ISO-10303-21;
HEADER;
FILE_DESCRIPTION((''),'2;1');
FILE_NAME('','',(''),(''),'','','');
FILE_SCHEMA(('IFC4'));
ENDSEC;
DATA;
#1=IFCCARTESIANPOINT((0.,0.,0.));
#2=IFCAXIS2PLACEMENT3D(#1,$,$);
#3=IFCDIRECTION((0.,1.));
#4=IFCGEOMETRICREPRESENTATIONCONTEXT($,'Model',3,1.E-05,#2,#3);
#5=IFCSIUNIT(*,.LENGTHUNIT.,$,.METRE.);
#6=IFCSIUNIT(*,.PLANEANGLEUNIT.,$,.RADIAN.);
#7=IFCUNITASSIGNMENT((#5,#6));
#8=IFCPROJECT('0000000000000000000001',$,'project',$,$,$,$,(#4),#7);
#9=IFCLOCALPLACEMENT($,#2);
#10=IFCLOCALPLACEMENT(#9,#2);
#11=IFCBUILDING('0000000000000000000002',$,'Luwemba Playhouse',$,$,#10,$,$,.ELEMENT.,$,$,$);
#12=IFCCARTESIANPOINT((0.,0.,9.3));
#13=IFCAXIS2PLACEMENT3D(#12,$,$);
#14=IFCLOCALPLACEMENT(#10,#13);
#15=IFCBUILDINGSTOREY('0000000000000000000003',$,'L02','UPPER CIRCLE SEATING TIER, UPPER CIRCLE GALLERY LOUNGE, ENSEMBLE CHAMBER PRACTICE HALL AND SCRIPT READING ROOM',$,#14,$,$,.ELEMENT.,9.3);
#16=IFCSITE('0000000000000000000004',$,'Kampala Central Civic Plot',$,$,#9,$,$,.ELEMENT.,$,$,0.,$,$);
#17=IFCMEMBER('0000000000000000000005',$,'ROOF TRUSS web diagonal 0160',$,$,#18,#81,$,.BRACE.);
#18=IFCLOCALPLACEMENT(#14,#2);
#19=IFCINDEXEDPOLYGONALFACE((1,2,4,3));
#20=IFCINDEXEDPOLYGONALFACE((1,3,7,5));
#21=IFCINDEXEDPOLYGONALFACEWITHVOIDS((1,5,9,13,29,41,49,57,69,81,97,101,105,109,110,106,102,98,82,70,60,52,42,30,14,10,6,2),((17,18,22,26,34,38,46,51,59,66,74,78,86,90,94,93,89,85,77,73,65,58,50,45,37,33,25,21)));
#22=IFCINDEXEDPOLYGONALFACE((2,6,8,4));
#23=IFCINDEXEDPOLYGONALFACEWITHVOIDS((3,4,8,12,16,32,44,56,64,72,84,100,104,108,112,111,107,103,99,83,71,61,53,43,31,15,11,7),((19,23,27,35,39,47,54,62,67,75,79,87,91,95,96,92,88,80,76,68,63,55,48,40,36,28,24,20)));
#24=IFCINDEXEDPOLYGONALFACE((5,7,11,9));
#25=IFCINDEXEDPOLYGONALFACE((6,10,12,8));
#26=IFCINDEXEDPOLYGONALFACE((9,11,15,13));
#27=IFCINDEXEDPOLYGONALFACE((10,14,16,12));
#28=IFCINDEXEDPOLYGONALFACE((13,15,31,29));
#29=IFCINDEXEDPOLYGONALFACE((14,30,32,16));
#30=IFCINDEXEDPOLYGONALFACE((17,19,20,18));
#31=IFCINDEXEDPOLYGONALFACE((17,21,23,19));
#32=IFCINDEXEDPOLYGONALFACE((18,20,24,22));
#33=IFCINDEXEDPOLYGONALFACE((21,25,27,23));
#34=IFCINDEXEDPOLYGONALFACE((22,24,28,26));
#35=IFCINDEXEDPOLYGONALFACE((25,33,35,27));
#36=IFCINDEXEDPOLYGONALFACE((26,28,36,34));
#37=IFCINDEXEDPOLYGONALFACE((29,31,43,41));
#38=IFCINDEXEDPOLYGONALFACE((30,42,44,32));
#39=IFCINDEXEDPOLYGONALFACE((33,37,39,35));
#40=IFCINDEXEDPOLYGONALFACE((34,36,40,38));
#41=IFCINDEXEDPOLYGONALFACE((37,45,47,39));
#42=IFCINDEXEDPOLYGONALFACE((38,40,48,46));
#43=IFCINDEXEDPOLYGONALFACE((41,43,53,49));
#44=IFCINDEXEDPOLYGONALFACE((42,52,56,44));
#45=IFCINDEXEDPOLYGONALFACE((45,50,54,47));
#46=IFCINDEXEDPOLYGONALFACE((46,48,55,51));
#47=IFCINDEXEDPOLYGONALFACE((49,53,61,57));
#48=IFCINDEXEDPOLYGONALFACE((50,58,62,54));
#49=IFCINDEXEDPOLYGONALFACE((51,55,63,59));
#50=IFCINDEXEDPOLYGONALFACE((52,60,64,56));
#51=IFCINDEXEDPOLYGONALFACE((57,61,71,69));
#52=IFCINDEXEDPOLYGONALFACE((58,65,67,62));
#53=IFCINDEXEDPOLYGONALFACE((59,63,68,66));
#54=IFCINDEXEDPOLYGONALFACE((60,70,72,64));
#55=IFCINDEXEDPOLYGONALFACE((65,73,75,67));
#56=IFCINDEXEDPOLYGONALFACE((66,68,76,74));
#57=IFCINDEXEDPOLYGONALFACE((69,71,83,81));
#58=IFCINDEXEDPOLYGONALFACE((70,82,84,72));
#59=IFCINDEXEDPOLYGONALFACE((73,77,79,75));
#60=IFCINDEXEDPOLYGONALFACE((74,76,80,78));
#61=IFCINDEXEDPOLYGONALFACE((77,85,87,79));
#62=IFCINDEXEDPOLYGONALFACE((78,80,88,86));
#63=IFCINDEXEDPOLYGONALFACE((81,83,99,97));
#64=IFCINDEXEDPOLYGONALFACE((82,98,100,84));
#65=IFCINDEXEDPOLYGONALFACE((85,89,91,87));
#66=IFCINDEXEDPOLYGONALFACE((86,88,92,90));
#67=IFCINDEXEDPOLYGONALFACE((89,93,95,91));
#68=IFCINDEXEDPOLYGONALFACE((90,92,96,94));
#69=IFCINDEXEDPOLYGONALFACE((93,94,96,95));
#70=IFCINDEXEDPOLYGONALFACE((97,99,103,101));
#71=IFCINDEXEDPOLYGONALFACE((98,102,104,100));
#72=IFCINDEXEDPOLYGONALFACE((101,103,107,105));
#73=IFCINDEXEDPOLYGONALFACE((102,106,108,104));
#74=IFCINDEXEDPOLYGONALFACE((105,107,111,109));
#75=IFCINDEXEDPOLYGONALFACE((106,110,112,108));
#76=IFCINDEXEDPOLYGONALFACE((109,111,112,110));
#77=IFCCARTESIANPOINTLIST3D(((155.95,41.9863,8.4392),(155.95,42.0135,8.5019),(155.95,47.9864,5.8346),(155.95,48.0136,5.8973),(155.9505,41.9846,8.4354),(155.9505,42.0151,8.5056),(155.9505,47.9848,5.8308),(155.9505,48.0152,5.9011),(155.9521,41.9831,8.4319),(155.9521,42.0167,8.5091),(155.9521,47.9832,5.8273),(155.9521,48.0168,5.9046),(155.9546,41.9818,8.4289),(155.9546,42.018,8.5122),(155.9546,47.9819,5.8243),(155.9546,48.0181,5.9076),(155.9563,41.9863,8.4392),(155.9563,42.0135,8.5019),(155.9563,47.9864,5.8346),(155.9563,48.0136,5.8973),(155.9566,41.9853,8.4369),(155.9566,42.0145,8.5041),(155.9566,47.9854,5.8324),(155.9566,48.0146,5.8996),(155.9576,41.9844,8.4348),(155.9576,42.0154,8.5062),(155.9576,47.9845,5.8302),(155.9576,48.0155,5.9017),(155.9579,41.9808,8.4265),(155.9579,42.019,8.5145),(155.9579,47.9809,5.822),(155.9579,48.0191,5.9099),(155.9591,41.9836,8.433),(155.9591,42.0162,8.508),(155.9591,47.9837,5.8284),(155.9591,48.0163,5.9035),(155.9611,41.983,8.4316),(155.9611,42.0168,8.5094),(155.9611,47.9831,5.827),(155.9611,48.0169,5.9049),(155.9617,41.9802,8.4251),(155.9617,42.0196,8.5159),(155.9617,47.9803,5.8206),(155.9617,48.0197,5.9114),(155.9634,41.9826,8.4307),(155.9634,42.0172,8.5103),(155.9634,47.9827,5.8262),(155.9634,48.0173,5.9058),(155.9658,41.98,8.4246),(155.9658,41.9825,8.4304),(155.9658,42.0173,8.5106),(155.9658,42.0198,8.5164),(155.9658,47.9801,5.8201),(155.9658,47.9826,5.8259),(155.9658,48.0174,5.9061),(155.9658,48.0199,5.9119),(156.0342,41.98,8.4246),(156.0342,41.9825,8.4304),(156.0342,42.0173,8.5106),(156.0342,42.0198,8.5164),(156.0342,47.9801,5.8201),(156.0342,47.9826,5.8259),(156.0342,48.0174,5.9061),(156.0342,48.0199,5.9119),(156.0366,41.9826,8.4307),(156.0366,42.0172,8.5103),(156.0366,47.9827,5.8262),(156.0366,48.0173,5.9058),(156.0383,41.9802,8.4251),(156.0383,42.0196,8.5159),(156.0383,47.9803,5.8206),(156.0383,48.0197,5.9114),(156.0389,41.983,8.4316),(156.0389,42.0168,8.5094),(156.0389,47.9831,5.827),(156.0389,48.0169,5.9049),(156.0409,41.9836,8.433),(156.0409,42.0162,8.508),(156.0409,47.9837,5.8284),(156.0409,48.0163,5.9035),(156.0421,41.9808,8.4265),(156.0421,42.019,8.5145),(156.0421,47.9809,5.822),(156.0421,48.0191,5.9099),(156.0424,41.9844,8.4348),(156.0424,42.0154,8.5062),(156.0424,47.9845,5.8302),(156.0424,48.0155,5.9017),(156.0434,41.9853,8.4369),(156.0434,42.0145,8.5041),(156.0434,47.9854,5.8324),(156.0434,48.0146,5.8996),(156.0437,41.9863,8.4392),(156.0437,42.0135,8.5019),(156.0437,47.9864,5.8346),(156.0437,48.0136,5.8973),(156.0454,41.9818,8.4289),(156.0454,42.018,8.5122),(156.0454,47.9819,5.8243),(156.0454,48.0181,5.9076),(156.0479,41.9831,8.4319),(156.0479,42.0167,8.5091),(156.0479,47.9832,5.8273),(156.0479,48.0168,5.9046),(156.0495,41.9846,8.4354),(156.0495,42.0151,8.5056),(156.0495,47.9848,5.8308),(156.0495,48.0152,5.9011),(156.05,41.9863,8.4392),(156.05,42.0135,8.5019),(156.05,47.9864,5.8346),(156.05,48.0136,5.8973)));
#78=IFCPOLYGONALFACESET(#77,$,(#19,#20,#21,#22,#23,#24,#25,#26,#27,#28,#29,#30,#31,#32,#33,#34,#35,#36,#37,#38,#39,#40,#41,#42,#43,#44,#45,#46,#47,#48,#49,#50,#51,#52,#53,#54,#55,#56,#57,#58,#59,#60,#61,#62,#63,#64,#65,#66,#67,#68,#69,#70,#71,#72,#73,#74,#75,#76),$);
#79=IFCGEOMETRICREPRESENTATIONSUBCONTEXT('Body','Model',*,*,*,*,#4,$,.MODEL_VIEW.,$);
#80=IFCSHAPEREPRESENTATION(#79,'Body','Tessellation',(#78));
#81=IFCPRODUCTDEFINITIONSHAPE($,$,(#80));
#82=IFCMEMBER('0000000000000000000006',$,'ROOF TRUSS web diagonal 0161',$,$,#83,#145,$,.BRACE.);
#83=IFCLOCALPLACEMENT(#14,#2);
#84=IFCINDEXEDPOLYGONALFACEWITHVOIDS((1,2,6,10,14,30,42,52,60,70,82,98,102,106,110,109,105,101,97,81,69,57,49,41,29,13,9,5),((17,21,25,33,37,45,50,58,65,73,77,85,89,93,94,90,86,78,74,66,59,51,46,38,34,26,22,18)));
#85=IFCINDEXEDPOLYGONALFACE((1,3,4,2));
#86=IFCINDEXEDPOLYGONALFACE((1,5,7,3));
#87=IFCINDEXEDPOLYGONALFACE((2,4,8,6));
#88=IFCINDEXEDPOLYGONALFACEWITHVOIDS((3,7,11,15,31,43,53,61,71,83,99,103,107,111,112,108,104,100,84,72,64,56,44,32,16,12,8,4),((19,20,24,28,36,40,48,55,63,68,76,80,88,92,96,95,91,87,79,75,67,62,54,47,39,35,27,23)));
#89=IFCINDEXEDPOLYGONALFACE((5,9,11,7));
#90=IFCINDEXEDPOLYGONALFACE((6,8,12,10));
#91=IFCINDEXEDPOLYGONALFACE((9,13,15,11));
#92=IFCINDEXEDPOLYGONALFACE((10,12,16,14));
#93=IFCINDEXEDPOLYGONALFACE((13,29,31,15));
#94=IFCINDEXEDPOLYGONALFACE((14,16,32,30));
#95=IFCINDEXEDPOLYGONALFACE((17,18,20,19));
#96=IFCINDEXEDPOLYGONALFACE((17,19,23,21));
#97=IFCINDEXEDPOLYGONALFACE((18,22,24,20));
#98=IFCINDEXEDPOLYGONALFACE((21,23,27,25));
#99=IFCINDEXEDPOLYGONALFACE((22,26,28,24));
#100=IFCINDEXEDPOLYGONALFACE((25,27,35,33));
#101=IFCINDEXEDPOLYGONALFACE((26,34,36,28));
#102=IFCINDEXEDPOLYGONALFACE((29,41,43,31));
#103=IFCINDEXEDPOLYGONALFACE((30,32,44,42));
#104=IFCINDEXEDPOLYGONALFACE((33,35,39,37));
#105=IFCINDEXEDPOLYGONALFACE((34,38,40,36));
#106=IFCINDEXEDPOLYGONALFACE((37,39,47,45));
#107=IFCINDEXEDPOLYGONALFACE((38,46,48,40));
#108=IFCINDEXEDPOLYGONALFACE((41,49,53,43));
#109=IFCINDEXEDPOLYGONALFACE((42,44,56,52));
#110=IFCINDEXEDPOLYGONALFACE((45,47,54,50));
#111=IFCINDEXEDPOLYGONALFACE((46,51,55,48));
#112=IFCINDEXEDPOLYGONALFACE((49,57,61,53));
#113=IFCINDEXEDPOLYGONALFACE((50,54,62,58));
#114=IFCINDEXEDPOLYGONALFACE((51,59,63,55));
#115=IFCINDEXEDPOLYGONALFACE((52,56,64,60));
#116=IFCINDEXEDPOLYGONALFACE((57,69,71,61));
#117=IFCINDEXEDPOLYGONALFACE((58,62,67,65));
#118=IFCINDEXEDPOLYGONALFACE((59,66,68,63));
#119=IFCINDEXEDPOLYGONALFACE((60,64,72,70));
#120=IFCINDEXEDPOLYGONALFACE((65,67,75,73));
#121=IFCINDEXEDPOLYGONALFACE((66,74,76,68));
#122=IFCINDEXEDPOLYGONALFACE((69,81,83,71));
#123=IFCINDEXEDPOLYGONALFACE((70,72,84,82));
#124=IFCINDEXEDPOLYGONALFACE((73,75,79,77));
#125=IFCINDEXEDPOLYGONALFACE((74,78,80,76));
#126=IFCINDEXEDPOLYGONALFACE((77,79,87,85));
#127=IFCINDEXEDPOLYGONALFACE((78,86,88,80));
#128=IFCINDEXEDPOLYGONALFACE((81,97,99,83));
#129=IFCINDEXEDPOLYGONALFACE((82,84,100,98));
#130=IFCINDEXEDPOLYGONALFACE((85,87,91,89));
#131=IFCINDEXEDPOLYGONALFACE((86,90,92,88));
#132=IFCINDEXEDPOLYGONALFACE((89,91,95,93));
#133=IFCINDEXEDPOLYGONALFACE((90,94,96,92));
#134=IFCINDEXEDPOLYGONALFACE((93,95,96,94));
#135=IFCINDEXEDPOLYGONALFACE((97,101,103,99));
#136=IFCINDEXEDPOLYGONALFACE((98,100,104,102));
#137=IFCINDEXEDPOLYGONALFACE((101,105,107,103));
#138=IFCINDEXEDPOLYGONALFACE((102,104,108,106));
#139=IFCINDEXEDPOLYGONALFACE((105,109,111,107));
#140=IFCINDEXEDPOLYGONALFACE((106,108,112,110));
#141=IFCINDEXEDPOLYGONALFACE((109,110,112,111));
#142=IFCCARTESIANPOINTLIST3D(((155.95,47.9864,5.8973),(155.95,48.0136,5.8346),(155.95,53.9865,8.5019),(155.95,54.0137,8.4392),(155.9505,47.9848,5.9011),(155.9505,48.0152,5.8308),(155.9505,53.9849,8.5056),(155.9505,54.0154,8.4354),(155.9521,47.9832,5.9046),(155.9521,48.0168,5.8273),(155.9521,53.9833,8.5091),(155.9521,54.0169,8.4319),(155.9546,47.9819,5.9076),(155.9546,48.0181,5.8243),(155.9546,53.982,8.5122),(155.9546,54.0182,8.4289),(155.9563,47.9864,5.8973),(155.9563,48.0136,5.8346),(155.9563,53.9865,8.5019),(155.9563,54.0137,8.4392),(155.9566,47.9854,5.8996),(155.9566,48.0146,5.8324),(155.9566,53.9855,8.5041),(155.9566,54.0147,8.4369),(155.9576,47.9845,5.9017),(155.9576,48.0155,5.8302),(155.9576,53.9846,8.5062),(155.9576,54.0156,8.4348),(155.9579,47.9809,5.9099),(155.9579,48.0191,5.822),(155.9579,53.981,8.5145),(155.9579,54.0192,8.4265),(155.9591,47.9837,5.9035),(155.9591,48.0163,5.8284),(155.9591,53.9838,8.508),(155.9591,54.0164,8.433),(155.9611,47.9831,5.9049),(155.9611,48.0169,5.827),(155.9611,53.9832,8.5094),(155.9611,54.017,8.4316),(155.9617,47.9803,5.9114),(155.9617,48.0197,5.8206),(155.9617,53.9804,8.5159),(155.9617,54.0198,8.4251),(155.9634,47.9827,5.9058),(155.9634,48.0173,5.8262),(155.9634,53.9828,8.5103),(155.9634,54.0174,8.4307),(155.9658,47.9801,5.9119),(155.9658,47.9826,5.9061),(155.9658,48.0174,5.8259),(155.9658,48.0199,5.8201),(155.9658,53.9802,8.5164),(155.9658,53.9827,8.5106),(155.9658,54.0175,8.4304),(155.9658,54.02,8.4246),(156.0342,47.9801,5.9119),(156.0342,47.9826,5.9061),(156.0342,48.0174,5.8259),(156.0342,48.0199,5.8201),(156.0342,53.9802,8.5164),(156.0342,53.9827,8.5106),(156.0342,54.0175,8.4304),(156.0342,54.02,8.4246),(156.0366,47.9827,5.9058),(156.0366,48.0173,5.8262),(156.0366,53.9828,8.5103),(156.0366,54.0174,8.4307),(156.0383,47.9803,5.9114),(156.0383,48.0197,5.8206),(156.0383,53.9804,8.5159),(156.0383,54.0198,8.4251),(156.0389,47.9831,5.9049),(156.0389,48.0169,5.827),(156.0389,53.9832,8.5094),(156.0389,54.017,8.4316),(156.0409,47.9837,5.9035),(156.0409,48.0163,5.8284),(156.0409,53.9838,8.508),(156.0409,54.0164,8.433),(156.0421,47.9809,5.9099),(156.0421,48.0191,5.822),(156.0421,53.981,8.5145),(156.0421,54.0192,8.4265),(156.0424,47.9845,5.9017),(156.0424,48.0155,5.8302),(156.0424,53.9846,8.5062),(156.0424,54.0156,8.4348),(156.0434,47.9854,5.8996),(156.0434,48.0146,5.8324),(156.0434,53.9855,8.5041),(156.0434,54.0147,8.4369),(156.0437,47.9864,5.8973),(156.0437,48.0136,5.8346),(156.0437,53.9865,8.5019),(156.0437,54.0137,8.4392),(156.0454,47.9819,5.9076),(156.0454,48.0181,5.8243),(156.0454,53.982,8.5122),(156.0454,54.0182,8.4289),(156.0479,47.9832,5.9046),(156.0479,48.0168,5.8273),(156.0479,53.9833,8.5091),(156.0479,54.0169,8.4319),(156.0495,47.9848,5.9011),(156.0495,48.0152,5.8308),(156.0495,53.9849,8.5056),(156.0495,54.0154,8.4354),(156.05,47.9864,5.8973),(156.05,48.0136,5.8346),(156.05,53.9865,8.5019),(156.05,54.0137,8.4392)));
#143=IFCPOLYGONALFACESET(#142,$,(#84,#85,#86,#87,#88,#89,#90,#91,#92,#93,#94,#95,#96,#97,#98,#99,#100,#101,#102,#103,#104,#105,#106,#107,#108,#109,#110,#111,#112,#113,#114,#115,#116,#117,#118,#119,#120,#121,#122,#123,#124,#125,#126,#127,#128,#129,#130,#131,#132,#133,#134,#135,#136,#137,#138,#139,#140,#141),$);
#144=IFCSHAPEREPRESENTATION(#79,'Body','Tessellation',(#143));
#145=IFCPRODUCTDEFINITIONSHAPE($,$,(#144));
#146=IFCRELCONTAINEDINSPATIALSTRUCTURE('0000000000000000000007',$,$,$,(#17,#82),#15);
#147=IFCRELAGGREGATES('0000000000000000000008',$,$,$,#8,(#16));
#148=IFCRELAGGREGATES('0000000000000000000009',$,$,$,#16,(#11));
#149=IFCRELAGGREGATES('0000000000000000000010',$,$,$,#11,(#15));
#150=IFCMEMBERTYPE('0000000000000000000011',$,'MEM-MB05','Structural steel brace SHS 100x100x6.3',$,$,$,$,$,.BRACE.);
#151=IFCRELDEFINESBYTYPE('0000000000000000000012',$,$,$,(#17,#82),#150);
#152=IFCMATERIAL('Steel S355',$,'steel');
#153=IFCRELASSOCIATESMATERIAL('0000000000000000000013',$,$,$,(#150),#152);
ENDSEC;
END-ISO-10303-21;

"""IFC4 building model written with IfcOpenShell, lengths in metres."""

from ifc_helpers import new_model, si_unit, direction, frame, origin, origin_2d, place, context, subcontext, project, spatial, hollow_rectangle, extrude, material, material_profile, profile_set, type_object, element, save


model = new_model("IFC4")

# Units and contexts
model_context = context("Model", 3, precision=1e-05, world=origin(), true_north=direction((0.0, 1.0)))
body_context = subcontext(model_context, "Body", "Model", "MODEL_VIEW")
ifc_project = project(units=[si_unit("LENGTHUNIT", "METRE"), si_unit("PLANEANGLEUNIT", "RADIAN")], contexts=[model_context])

# Site, building, storey
site_placement = place(None, origin())
site = spatial("IfcSite", under=ifc_project, at=site_placement, Name="Kampala Central Civic Plot", CompositionType="ELEMENT", RefElevation=0.0)
building_placement = place(site_placement, origin())
building = spatial("IfcBuilding", under=site, at=building_placement, Name="Luwemba Playhouse", CompositionType="ELEMENT")
storey_placement = place(building_placement, frame((0.0, 0.0, 9.3)))
storey = spatial("IfcBuildingStorey", under=building, at=storey_placement, Name="L02", Description="UPPER CIRCLE SEATING TIER, UPPER CIRCLE GALLERY LOUNGE, ENSEMBLE CHAMBER PRACTICE HALL AND SCRIPT READING ROOM", CompositionType="ELEMENT", Elevation=9.3)

# Shared definitions
ifc_material_1 = material(Name="Steel S355", Category="steel")

# Members
ifc_material_profile_1 = material_profile(ifc_material_1, hollow_rectangle(XDim=0.1001, YDim=0.1001, WallThickness=0.0063, InnerFilletRadius=0.0095, OuterFilletRadius=0.0159, at=origin_2d()))
ifc_profile_set_1 = profile_set([ifc_material_profile_1], Name="Steel S355")
member_type_1 = type_object("IfcMemberType", Name="MEM-MB05", Description="Structural steel brace SHS 100x100x6.3", PredefinedType="BRACE", material=ifc_profile_set_1)
for number, where, z_axis, x_axis, name in (
    (1, (156.0, 48.0, 5.866), (0.0, -0.917305, 0.398186), (1.0, 0.0, 0.0), "ROOF TRUSS web diagonal 0160"),
    (2, (156.0, 48.0, 5.866), (0.0, 0.917305, 0.398186), (-1.0, 0.0, 0.0), "ROOF TRUSS web diagonal 0161"),
):
    element("IfcMember", number, at=place(storey_placement, frame(where, z_axis=z_axis, x_axis=x_axis)), inside=storey, type_object=member_type_1, Name=name, PredefinedType="BRACE", context=body_context, shape_type="SweptSolid", body=[
        extrude(hollow_rectangle(XDim=0.1001, YDim=0.1001, WallThickness=0.0063, InnerFilletRadius=0.0095, OuterFilletRadius=0.0159, at=origin_2d()), origin(), (0.0, 0.0, 1.0), 6.541),
    ])

save(model, "model.ifc")
